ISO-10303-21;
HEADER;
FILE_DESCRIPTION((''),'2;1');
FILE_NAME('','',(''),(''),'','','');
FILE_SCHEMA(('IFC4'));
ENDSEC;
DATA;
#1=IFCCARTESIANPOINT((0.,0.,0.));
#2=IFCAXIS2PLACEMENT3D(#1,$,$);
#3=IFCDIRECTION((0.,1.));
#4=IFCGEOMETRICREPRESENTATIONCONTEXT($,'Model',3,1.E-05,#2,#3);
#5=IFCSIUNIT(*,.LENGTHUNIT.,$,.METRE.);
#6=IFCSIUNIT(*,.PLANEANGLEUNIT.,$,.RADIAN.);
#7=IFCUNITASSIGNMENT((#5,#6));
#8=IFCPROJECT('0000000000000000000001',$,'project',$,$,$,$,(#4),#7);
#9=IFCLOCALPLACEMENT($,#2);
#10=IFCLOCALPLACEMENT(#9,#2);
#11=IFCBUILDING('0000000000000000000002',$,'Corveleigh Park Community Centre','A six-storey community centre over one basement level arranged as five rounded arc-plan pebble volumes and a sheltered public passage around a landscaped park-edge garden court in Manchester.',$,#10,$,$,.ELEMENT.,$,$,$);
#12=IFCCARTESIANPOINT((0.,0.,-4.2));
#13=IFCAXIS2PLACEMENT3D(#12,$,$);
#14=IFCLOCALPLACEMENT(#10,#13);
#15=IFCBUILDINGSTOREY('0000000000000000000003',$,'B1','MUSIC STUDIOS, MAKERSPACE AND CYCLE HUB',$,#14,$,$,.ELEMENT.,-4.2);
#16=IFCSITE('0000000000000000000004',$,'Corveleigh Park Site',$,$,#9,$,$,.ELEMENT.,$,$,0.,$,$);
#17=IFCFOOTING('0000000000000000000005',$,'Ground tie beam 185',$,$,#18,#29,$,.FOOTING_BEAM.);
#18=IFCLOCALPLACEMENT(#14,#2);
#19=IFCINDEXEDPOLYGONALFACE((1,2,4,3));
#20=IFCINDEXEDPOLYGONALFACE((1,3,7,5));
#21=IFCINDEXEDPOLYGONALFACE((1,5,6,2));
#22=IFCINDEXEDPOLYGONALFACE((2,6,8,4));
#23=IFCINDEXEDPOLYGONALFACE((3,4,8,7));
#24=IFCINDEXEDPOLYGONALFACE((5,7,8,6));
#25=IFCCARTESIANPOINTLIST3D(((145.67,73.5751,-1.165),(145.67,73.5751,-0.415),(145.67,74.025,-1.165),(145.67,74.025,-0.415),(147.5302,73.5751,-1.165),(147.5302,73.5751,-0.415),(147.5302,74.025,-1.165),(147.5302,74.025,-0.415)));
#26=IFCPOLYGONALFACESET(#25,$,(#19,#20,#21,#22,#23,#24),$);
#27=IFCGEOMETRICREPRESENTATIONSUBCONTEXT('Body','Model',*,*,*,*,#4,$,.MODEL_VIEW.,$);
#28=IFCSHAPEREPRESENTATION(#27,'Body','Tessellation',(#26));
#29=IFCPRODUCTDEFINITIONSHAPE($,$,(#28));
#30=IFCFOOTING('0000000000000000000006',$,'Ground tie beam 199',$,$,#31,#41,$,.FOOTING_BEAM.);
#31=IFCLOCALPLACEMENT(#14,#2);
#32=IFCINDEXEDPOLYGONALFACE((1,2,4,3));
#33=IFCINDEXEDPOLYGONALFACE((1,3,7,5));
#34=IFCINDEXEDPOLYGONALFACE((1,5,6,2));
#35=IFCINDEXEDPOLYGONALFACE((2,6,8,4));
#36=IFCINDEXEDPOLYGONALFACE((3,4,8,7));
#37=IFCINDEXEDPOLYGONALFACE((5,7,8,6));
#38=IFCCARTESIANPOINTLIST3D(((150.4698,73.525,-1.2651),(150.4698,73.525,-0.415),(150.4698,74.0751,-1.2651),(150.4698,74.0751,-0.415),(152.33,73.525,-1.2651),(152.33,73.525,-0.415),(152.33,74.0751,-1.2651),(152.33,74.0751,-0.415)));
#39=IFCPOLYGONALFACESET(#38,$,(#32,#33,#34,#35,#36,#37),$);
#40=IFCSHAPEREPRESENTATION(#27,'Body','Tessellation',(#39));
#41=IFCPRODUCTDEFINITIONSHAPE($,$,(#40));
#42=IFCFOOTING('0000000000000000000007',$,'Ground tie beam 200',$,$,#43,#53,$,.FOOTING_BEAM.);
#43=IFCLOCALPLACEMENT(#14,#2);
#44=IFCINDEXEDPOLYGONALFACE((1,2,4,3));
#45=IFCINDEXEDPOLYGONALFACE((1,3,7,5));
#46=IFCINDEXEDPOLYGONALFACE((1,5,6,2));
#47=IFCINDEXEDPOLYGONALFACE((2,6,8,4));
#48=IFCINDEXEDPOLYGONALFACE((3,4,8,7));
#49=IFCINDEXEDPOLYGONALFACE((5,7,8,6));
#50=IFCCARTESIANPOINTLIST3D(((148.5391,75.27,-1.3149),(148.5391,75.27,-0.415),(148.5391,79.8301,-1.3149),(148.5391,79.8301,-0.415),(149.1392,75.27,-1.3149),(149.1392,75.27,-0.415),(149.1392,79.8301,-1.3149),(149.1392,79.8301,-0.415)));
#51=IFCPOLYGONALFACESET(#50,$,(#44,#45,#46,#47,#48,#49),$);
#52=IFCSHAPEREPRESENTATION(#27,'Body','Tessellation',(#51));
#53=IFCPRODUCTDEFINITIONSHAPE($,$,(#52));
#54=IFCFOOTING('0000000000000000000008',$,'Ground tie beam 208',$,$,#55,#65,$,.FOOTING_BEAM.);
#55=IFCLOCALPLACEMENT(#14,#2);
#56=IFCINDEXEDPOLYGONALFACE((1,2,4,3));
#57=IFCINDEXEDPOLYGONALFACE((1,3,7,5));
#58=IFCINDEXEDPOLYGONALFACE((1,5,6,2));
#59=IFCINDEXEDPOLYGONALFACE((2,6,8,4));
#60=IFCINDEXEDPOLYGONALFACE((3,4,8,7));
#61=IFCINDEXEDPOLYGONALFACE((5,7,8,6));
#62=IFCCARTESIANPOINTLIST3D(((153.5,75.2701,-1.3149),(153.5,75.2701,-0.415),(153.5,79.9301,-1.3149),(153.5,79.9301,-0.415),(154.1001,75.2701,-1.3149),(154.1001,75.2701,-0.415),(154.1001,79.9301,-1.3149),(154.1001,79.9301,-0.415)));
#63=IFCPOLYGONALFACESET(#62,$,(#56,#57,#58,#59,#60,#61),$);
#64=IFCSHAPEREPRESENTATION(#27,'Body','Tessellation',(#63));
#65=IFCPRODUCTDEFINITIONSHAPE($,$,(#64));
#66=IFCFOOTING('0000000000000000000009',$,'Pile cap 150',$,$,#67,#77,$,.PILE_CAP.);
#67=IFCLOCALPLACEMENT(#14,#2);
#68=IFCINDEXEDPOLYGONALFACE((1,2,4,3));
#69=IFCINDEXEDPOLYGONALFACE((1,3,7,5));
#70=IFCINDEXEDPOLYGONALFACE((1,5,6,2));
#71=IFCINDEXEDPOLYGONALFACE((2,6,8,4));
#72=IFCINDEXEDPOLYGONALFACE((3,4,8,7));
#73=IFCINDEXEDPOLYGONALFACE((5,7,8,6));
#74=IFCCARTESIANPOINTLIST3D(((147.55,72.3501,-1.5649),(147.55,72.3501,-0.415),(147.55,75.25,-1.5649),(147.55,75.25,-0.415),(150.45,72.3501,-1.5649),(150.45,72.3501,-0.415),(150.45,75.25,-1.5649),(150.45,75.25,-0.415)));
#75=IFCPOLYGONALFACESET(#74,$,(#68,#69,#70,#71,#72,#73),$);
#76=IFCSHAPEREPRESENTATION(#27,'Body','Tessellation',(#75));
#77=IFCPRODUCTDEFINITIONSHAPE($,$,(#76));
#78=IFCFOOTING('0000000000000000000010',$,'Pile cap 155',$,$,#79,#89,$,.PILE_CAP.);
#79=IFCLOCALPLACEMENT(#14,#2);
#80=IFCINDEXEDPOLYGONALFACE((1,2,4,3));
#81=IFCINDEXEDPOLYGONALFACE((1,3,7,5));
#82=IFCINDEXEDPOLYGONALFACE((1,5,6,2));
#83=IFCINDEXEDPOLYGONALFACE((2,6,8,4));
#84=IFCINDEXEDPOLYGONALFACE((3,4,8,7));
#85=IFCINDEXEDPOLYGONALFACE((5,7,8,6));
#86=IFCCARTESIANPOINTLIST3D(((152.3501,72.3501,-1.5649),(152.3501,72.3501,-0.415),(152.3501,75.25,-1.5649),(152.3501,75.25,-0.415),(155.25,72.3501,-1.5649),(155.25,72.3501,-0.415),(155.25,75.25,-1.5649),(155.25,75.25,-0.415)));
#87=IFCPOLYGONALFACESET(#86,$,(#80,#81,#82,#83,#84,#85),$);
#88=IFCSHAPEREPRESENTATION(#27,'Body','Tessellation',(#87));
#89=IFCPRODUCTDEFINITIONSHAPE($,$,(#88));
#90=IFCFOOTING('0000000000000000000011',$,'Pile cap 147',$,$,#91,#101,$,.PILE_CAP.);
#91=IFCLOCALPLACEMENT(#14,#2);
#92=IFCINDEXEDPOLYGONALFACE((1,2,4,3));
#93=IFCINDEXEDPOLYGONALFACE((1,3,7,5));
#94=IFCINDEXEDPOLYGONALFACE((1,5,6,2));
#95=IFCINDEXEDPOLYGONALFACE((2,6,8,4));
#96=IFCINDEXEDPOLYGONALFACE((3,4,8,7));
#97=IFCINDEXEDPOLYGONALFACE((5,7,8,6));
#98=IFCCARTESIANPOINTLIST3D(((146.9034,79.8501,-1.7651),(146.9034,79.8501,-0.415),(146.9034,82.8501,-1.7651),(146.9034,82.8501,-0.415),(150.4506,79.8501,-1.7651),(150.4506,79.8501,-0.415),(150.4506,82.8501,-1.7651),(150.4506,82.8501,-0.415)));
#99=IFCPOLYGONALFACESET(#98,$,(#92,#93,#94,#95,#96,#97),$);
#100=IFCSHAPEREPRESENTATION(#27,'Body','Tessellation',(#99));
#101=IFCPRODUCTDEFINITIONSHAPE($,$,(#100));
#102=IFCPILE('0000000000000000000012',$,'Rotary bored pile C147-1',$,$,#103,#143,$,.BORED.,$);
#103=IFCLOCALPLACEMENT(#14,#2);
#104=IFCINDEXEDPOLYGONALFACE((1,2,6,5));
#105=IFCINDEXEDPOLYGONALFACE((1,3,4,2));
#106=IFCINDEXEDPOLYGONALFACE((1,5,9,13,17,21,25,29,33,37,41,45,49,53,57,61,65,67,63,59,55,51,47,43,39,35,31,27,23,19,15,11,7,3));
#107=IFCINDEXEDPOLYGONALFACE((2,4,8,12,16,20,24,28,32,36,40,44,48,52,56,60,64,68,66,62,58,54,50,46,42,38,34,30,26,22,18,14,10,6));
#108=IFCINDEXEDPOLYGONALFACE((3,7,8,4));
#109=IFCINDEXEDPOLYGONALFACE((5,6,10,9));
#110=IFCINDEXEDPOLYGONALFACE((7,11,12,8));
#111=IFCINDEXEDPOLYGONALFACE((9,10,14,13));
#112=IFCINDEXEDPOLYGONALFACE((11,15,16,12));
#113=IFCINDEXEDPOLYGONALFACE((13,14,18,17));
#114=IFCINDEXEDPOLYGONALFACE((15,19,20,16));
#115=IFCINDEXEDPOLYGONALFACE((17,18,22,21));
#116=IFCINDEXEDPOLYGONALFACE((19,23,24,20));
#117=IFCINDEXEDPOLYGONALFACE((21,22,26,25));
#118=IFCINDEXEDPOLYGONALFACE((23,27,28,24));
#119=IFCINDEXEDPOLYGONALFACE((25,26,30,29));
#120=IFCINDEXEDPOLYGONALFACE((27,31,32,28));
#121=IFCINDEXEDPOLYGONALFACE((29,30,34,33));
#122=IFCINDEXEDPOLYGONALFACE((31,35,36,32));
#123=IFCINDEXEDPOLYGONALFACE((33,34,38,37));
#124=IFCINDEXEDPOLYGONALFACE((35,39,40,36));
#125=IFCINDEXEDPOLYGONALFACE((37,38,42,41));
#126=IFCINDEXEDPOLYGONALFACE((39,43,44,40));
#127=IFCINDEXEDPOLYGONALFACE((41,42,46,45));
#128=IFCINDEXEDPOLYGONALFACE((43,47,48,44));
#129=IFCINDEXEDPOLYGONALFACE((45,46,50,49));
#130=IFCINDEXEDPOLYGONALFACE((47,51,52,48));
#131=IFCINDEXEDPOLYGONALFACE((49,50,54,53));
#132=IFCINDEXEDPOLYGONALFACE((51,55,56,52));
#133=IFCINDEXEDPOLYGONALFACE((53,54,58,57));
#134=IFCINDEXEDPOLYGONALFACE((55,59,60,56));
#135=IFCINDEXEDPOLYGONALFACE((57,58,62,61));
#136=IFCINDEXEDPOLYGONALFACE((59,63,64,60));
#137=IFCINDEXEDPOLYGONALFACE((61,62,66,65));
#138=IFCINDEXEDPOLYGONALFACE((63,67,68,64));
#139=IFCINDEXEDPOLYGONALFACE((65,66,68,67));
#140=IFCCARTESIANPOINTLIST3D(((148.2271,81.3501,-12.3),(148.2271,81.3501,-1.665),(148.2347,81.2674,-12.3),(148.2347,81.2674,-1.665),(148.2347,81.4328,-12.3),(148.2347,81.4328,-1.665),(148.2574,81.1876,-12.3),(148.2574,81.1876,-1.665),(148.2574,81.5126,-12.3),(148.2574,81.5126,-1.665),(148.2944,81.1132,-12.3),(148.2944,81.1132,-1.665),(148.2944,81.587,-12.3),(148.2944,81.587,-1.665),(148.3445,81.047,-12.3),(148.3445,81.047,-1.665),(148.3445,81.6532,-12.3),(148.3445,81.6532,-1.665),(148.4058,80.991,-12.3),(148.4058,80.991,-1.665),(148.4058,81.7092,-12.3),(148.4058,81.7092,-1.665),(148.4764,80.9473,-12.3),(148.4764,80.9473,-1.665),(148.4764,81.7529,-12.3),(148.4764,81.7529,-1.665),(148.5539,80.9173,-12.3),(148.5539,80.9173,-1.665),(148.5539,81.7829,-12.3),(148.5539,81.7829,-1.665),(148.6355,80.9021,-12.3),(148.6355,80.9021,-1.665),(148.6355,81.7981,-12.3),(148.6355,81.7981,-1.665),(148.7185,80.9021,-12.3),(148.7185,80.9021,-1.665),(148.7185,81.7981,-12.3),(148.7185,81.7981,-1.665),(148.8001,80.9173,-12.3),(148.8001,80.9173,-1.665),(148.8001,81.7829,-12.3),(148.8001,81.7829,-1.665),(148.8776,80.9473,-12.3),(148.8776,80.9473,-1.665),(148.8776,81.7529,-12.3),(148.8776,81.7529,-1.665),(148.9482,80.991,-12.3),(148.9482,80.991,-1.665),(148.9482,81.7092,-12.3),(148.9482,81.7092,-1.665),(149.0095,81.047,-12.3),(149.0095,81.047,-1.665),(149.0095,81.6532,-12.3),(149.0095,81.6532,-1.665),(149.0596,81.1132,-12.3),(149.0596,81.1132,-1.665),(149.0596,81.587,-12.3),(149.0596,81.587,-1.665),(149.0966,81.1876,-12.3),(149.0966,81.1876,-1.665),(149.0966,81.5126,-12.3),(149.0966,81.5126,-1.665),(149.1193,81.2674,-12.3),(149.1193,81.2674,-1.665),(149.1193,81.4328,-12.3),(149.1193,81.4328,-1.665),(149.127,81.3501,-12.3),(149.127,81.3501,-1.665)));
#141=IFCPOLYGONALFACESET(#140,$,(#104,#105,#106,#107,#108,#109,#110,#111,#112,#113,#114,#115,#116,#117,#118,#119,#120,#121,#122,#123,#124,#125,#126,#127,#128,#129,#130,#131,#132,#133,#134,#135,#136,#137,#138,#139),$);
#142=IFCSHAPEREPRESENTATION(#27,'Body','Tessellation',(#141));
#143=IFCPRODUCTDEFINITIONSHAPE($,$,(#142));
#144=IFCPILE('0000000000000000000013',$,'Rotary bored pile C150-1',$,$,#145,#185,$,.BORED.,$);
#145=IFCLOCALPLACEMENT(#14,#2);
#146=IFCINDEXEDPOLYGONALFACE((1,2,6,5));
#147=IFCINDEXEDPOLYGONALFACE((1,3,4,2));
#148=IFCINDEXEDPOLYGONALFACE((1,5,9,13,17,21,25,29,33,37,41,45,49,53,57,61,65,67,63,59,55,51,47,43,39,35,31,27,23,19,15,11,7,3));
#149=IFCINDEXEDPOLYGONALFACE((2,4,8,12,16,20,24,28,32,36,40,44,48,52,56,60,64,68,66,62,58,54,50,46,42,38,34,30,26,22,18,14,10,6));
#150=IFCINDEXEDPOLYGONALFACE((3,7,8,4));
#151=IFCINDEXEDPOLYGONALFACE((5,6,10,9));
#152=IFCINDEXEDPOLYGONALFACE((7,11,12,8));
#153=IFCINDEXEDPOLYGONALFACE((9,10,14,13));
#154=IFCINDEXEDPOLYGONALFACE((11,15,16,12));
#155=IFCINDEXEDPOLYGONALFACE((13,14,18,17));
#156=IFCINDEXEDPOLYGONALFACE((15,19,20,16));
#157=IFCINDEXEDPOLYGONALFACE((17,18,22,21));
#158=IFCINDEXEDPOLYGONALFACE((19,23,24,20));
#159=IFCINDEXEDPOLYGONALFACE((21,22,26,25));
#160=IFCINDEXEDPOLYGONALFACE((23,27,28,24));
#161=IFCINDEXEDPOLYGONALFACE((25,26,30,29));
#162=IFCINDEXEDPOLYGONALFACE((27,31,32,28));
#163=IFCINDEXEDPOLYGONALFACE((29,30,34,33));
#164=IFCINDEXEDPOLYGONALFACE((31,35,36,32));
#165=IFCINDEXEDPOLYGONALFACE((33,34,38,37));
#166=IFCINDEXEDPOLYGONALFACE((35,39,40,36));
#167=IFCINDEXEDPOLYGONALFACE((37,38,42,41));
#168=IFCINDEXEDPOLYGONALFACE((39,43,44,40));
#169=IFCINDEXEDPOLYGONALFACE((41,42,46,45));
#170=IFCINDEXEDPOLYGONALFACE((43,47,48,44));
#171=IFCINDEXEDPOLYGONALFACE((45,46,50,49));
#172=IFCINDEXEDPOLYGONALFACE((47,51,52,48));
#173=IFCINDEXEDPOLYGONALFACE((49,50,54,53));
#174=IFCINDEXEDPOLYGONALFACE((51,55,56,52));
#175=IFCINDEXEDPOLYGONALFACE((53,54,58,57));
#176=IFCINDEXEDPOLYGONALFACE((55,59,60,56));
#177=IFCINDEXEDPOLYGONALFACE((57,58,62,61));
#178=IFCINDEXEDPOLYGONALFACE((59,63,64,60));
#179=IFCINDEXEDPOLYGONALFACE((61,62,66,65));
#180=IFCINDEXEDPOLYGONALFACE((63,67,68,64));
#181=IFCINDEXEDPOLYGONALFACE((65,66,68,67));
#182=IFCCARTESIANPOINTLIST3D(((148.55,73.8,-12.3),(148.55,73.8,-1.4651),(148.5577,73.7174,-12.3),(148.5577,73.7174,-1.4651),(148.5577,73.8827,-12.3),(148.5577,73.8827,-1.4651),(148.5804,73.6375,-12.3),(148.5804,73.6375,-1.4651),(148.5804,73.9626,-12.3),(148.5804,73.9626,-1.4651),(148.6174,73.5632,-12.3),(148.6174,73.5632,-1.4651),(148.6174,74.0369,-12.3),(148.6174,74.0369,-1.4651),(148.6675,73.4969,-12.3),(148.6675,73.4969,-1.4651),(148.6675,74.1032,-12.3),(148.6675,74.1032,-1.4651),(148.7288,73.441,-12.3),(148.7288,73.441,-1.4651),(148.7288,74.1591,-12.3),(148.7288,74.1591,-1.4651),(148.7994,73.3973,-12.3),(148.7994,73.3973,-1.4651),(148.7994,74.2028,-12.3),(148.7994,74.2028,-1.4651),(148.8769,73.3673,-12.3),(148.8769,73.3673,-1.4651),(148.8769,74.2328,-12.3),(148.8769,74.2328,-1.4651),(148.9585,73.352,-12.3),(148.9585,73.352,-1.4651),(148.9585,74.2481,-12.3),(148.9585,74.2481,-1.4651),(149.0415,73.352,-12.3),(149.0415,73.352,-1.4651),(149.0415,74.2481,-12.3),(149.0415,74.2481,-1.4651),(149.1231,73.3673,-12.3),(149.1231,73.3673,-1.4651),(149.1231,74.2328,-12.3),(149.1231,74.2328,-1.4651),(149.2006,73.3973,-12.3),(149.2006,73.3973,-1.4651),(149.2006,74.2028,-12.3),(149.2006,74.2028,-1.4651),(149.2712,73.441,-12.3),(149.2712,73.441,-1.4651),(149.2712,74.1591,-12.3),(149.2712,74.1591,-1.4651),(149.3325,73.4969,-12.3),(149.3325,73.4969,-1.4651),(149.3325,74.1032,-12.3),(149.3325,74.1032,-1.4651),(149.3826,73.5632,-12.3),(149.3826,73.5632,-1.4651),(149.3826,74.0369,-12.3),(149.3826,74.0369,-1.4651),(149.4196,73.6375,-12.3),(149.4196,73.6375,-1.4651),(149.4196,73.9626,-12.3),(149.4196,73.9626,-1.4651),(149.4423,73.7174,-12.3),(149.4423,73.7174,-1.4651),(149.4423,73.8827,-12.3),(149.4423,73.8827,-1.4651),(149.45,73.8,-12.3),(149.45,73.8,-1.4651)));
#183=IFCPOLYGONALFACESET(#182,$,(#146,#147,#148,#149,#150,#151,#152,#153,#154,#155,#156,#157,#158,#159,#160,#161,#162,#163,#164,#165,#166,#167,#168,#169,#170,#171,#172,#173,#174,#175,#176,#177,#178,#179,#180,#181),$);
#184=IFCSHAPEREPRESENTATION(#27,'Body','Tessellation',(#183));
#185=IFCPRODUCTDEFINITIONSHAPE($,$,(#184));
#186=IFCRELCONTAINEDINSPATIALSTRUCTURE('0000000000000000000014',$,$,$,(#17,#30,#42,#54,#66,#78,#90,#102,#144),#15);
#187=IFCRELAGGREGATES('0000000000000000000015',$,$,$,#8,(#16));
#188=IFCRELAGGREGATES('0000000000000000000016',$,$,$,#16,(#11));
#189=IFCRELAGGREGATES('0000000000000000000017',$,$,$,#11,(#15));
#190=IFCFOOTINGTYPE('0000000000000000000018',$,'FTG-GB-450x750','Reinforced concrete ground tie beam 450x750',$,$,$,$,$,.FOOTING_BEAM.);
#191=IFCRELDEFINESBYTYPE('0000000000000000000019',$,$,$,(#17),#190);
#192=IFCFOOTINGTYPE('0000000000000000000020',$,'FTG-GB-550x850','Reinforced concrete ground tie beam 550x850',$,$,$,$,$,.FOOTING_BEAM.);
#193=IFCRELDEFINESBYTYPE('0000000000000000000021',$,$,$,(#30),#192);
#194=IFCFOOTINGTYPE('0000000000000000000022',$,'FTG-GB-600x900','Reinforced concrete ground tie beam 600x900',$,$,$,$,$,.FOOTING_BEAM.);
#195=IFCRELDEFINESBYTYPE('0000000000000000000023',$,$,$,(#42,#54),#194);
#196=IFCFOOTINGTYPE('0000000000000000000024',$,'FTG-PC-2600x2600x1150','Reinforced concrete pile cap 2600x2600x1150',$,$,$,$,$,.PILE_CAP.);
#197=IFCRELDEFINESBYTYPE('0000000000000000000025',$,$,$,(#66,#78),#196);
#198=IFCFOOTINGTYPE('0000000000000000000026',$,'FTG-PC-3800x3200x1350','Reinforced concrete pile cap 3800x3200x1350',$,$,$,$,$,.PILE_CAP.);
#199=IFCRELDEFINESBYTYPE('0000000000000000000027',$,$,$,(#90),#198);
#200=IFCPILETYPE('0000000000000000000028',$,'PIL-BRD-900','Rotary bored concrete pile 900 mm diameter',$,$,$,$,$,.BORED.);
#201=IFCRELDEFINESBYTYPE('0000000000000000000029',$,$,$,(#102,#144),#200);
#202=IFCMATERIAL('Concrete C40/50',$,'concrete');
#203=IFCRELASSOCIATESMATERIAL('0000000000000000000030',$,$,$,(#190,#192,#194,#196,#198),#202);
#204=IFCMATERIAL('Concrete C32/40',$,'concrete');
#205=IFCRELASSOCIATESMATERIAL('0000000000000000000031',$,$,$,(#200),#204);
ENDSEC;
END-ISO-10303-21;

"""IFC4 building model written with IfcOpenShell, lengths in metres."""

from ifc_helpers import new_model, si_unit, direction, frame, origin, origin_2d, place, context, subcontext, project, spatial, rectangle, circle, extrude, material, material_profile, profile_set, type_object, element, save


model = new_model("IFC4")

# Units and contexts
model_context = context("Model", 3, precision=1e-05, world=origin(), true_north=direction((0.0, 1.0)))
body_context = subcontext(model_context, "Body", "Model", "MODEL_VIEW")
ifc_project = project(units=[si_unit("LENGTHUNIT", "METRE"), si_unit("PLANEANGLEUNIT", "RADIAN")], contexts=[model_context])

# Site, building, storey
site_placement = place(None, origin())
site = spatial("IfcSite", under=ifc_project, at=site_placement, Name="Corveleigh Park Site", CompositionType="ELEMENT", RefElevation=0.0)
building_placement = place(site_placement, origin())
building = spatial("IfcBuilding", under=site, at=building_placement, Name="Corveleigh Park Community Centre", Description="A six-storey community centre over one basement level arranged as five rounded arc-plan pebble volumes and a sheltered public passage around a landscaped park-edge garden court in Manchester.", CompositionType="ELEMENT")
storey_placement = place(building_placement, frame((0.0, 0.0, -4.2)))
storey = spatial("IfcBuildingStorey", under=building, at=storey_placement, Name="B1", Description="MUSIC STUDIOS, MAKERSPACE AND CYCLE HUB", CompositionType="ELEMENT", Elevation=-4.2)

# Footings
ifc_material_1 = material(Name="Concrete C40/50", Category="concrete")
footing_type_1 = type_object("IfcFootingType", Name="FTG-GB-450x750", Description="Reinforced concrete ground tie beam 450x750", PredefinedType="FOOTING_BEAM", material=ifc_material_1)
footing_1_placement = place(storey_placement, frame((146.6001, 73.8, -1.165), z_axis=(0.0, 0.0, 1.0), x_axis=(1.0, 0.0, 0.0)))
element("IfcFooting", 1, at=footing_1_placement, inside=storey, type_object=footing_type_1, Name="Ground tie beam 185", PredefinedType="FOOTING_BEAM", context=body_context, shape_type="SweptSolid", body=[
    extrude(rectangle(XDim=1.8601, YDim=0.45, at=origin_2d()), origin(), (0.0, 0.0, 1.0), 0.75),
])
footing_type_2 = type_object("IfcFootingType", Name="FTG-GB-550x850", Description="Reinforced concrete ground tie beam 550x850", PredefinedType="FOOTING_BEAM", material=ifc_material_1)
footing_2_placement = place(storey_placement, frame((151.3999, 73.8, -1.2651), z_axis=(0.0, 0.0, 1.0), x_axis=(1.0, 0.0, 0.0)))
element("IfcFooting", 2, at=footing_2_placement, inside=storey, type_object=footing_type_2, Name="Ground tie beam 199", PredefinedType="FOOTING_BEAM", context=body_context, shape_type="SweptSolid", body=[
    extrude(rectangle(XDim=1.8601, YDim=0.55, at=origin_2d()), origin(), (0.0, 0.0, 1.0), 0.8501),
])
footing_type_3 = type_object("IfcFootingType", Name="FTG-GB-600x900", Description="Reinforced concrete ground tie beam 600x900", PredefinedType="FOOTING_BEAM", material=ifc_material_1)
footing_3_placement = place(storey_placement, frame((148.8391, 77.55, -1.3149), z_axis=(0.0, 0.0, 1.0), x_axis=(1.0, 0.0, 0.0)))
element("IfcFooting", 3, at=footing_3_placement, inside=storey, type_object=footing_type_3, Name="Ground tie beam 200", PredefinedType="FOOTING_BEAM", context=body_context, shape_type="SweptSolid", body=[
    extrude(rectangle(XDim=0.6001, YDim=4.5601, at=origin_2d()), origin(), (0.0, 0.0, 1.0), 0.8999),
])
footing_4_placement = place(storey_placement, frame((153.8, 77.6001, -1.3149), z_axis=(0.0, 0.0, 1.0), x_axis=(1.0, 0.0, 0.0)))
element("IfcFooting", 4, at=footing_4_placement, inside=storey, type_object=footing_type_3, Name="Ground tie beam 208", PredefinedType="FOOTING_BEAM", context=body_context, shape_type="SweptSolid", body=[
    extrude(rectangle(XDim=0.6001, YDim=4.6599, at=origin_2d()), origin(), (0.0, 0.0, 1.0), 0.8999),
])
footing_type_4 = type_object("IfcFootingType", Name="FTG-PC-2600x2600x1150", Description="Reinforced concrete pile cap 2600x2600x1150", PredefinedType="PILE_CAP", material=ifc_material_1)
for number, where, z_axis, x_axis, name in (
    (5, (149.0, 73.8, -1.5649), (0.0, 0.0, 1.0), (1.0, 0.0, 0.0), "Pile cap 150"),
    (6, (153.8, 73.8, -1.5649), (0.0, 0.0, 1.0), (1.0, 0.0, 0.0), "Pile cap 155"),
):
    element("IfcFooting", number, at=place(storey_placement, frame(where, z_axis=z_axis, x_axis=x_axis)), inside=storey, type_object=footing_type_4, Name=name, PredefinedType="PILE_CAP", context=body_context, shape_type="SweptSolid", body=[
        extrude(rectangle(XDim=2.8999, YDim=2.8999, at=origin_2d()), origin(), (0.0, 0.0, 1.0), 1.1499),
    ])
footing_type_5 = type_object("IfcFootingType", Name="FTG-PC-3800x3200x1350", Description="Reinforced concrete pile cap 3800x3200x1350", PredefinedType="PILE_CAP", material=ifc_material_1)
footing_5_placement = place(storey_placement, frame((148.677, 81.3501, -1.7651), z_axis=(0.0, 0.0, 1.0), x_axis=(1.0, 0.0, 0.0)))
element("IfcFooting", 7, at=footing_5_placement, inside=storey, type_object=footing_type_5, Name="Pile cap 147", PredefinedType="PILE_CAP", context=body_context, shape_type="SweptSolid", body=[
    extrude(rectangle(XDim=3.5471, YDim=3.0, at=origin_2d()), origin(), (0.0, 0.0, 1.0), 1.3501),
])

# Piles
ifc_material_2 = material(Name="Concrete C32/40", Category="concrete")
ifc_material_profile_1 = material_profile(ifc_material_2, circle(Radius=0.45, at=origin_2d()), Name="BORED-PILE-900", Category="concrete")
ifc_profile_set_1 = profile_set([ifc_material_profile_1], Name="Concrete C32/40")
pile_type = type_object("IfcPileType", Name="PIL-BRD-900", Description="Rotary bored concrete pile 900 mm diameter", PredefinedType="BORED", material=ifc_profile_set_1)
pile_placement = place(storey_placement, frame((148.677, 81.3501, -1.665), z_axis=(0.0, 0.0, -1.0), x_axis=(1.0, 0.0, 0.0)))
element("IfcPile", 8, at=pile_placement, inside=storey, type_object=pile_type, Name="Rotary bored pile C147-1", PredefinedType="BORED", context=body_context, shape_type="SweptSolid", body=[
    extrude(circle(Radius=0.45, at=origin_2d()), origin(), (0.0, 0.0, 1.0), 10.635),
])
for number, where, z_axis, x_axis, name in (
    (9, (149.0, 73.8, -1.4651), (0.0, 0.0, -1.0), (1.0, 0.0, 0.0), "Rotary bored pile C150-1"),
):
    element("IfcPile", number, at=place(storey_placement, frame(where, z_axis=z_axis, x_axis=x_axis)), inside=storey, type_object=pile_type, Name=name, PredefinedType="BORED", context=body_context, shape_type="SweptSolid", body=[
        extrude(circle(Radius=0.45, at=origin_2d()), origin(), (0.0, 0.0, 1.0), 10.835),
    ])

save(model, "model.ifc")
